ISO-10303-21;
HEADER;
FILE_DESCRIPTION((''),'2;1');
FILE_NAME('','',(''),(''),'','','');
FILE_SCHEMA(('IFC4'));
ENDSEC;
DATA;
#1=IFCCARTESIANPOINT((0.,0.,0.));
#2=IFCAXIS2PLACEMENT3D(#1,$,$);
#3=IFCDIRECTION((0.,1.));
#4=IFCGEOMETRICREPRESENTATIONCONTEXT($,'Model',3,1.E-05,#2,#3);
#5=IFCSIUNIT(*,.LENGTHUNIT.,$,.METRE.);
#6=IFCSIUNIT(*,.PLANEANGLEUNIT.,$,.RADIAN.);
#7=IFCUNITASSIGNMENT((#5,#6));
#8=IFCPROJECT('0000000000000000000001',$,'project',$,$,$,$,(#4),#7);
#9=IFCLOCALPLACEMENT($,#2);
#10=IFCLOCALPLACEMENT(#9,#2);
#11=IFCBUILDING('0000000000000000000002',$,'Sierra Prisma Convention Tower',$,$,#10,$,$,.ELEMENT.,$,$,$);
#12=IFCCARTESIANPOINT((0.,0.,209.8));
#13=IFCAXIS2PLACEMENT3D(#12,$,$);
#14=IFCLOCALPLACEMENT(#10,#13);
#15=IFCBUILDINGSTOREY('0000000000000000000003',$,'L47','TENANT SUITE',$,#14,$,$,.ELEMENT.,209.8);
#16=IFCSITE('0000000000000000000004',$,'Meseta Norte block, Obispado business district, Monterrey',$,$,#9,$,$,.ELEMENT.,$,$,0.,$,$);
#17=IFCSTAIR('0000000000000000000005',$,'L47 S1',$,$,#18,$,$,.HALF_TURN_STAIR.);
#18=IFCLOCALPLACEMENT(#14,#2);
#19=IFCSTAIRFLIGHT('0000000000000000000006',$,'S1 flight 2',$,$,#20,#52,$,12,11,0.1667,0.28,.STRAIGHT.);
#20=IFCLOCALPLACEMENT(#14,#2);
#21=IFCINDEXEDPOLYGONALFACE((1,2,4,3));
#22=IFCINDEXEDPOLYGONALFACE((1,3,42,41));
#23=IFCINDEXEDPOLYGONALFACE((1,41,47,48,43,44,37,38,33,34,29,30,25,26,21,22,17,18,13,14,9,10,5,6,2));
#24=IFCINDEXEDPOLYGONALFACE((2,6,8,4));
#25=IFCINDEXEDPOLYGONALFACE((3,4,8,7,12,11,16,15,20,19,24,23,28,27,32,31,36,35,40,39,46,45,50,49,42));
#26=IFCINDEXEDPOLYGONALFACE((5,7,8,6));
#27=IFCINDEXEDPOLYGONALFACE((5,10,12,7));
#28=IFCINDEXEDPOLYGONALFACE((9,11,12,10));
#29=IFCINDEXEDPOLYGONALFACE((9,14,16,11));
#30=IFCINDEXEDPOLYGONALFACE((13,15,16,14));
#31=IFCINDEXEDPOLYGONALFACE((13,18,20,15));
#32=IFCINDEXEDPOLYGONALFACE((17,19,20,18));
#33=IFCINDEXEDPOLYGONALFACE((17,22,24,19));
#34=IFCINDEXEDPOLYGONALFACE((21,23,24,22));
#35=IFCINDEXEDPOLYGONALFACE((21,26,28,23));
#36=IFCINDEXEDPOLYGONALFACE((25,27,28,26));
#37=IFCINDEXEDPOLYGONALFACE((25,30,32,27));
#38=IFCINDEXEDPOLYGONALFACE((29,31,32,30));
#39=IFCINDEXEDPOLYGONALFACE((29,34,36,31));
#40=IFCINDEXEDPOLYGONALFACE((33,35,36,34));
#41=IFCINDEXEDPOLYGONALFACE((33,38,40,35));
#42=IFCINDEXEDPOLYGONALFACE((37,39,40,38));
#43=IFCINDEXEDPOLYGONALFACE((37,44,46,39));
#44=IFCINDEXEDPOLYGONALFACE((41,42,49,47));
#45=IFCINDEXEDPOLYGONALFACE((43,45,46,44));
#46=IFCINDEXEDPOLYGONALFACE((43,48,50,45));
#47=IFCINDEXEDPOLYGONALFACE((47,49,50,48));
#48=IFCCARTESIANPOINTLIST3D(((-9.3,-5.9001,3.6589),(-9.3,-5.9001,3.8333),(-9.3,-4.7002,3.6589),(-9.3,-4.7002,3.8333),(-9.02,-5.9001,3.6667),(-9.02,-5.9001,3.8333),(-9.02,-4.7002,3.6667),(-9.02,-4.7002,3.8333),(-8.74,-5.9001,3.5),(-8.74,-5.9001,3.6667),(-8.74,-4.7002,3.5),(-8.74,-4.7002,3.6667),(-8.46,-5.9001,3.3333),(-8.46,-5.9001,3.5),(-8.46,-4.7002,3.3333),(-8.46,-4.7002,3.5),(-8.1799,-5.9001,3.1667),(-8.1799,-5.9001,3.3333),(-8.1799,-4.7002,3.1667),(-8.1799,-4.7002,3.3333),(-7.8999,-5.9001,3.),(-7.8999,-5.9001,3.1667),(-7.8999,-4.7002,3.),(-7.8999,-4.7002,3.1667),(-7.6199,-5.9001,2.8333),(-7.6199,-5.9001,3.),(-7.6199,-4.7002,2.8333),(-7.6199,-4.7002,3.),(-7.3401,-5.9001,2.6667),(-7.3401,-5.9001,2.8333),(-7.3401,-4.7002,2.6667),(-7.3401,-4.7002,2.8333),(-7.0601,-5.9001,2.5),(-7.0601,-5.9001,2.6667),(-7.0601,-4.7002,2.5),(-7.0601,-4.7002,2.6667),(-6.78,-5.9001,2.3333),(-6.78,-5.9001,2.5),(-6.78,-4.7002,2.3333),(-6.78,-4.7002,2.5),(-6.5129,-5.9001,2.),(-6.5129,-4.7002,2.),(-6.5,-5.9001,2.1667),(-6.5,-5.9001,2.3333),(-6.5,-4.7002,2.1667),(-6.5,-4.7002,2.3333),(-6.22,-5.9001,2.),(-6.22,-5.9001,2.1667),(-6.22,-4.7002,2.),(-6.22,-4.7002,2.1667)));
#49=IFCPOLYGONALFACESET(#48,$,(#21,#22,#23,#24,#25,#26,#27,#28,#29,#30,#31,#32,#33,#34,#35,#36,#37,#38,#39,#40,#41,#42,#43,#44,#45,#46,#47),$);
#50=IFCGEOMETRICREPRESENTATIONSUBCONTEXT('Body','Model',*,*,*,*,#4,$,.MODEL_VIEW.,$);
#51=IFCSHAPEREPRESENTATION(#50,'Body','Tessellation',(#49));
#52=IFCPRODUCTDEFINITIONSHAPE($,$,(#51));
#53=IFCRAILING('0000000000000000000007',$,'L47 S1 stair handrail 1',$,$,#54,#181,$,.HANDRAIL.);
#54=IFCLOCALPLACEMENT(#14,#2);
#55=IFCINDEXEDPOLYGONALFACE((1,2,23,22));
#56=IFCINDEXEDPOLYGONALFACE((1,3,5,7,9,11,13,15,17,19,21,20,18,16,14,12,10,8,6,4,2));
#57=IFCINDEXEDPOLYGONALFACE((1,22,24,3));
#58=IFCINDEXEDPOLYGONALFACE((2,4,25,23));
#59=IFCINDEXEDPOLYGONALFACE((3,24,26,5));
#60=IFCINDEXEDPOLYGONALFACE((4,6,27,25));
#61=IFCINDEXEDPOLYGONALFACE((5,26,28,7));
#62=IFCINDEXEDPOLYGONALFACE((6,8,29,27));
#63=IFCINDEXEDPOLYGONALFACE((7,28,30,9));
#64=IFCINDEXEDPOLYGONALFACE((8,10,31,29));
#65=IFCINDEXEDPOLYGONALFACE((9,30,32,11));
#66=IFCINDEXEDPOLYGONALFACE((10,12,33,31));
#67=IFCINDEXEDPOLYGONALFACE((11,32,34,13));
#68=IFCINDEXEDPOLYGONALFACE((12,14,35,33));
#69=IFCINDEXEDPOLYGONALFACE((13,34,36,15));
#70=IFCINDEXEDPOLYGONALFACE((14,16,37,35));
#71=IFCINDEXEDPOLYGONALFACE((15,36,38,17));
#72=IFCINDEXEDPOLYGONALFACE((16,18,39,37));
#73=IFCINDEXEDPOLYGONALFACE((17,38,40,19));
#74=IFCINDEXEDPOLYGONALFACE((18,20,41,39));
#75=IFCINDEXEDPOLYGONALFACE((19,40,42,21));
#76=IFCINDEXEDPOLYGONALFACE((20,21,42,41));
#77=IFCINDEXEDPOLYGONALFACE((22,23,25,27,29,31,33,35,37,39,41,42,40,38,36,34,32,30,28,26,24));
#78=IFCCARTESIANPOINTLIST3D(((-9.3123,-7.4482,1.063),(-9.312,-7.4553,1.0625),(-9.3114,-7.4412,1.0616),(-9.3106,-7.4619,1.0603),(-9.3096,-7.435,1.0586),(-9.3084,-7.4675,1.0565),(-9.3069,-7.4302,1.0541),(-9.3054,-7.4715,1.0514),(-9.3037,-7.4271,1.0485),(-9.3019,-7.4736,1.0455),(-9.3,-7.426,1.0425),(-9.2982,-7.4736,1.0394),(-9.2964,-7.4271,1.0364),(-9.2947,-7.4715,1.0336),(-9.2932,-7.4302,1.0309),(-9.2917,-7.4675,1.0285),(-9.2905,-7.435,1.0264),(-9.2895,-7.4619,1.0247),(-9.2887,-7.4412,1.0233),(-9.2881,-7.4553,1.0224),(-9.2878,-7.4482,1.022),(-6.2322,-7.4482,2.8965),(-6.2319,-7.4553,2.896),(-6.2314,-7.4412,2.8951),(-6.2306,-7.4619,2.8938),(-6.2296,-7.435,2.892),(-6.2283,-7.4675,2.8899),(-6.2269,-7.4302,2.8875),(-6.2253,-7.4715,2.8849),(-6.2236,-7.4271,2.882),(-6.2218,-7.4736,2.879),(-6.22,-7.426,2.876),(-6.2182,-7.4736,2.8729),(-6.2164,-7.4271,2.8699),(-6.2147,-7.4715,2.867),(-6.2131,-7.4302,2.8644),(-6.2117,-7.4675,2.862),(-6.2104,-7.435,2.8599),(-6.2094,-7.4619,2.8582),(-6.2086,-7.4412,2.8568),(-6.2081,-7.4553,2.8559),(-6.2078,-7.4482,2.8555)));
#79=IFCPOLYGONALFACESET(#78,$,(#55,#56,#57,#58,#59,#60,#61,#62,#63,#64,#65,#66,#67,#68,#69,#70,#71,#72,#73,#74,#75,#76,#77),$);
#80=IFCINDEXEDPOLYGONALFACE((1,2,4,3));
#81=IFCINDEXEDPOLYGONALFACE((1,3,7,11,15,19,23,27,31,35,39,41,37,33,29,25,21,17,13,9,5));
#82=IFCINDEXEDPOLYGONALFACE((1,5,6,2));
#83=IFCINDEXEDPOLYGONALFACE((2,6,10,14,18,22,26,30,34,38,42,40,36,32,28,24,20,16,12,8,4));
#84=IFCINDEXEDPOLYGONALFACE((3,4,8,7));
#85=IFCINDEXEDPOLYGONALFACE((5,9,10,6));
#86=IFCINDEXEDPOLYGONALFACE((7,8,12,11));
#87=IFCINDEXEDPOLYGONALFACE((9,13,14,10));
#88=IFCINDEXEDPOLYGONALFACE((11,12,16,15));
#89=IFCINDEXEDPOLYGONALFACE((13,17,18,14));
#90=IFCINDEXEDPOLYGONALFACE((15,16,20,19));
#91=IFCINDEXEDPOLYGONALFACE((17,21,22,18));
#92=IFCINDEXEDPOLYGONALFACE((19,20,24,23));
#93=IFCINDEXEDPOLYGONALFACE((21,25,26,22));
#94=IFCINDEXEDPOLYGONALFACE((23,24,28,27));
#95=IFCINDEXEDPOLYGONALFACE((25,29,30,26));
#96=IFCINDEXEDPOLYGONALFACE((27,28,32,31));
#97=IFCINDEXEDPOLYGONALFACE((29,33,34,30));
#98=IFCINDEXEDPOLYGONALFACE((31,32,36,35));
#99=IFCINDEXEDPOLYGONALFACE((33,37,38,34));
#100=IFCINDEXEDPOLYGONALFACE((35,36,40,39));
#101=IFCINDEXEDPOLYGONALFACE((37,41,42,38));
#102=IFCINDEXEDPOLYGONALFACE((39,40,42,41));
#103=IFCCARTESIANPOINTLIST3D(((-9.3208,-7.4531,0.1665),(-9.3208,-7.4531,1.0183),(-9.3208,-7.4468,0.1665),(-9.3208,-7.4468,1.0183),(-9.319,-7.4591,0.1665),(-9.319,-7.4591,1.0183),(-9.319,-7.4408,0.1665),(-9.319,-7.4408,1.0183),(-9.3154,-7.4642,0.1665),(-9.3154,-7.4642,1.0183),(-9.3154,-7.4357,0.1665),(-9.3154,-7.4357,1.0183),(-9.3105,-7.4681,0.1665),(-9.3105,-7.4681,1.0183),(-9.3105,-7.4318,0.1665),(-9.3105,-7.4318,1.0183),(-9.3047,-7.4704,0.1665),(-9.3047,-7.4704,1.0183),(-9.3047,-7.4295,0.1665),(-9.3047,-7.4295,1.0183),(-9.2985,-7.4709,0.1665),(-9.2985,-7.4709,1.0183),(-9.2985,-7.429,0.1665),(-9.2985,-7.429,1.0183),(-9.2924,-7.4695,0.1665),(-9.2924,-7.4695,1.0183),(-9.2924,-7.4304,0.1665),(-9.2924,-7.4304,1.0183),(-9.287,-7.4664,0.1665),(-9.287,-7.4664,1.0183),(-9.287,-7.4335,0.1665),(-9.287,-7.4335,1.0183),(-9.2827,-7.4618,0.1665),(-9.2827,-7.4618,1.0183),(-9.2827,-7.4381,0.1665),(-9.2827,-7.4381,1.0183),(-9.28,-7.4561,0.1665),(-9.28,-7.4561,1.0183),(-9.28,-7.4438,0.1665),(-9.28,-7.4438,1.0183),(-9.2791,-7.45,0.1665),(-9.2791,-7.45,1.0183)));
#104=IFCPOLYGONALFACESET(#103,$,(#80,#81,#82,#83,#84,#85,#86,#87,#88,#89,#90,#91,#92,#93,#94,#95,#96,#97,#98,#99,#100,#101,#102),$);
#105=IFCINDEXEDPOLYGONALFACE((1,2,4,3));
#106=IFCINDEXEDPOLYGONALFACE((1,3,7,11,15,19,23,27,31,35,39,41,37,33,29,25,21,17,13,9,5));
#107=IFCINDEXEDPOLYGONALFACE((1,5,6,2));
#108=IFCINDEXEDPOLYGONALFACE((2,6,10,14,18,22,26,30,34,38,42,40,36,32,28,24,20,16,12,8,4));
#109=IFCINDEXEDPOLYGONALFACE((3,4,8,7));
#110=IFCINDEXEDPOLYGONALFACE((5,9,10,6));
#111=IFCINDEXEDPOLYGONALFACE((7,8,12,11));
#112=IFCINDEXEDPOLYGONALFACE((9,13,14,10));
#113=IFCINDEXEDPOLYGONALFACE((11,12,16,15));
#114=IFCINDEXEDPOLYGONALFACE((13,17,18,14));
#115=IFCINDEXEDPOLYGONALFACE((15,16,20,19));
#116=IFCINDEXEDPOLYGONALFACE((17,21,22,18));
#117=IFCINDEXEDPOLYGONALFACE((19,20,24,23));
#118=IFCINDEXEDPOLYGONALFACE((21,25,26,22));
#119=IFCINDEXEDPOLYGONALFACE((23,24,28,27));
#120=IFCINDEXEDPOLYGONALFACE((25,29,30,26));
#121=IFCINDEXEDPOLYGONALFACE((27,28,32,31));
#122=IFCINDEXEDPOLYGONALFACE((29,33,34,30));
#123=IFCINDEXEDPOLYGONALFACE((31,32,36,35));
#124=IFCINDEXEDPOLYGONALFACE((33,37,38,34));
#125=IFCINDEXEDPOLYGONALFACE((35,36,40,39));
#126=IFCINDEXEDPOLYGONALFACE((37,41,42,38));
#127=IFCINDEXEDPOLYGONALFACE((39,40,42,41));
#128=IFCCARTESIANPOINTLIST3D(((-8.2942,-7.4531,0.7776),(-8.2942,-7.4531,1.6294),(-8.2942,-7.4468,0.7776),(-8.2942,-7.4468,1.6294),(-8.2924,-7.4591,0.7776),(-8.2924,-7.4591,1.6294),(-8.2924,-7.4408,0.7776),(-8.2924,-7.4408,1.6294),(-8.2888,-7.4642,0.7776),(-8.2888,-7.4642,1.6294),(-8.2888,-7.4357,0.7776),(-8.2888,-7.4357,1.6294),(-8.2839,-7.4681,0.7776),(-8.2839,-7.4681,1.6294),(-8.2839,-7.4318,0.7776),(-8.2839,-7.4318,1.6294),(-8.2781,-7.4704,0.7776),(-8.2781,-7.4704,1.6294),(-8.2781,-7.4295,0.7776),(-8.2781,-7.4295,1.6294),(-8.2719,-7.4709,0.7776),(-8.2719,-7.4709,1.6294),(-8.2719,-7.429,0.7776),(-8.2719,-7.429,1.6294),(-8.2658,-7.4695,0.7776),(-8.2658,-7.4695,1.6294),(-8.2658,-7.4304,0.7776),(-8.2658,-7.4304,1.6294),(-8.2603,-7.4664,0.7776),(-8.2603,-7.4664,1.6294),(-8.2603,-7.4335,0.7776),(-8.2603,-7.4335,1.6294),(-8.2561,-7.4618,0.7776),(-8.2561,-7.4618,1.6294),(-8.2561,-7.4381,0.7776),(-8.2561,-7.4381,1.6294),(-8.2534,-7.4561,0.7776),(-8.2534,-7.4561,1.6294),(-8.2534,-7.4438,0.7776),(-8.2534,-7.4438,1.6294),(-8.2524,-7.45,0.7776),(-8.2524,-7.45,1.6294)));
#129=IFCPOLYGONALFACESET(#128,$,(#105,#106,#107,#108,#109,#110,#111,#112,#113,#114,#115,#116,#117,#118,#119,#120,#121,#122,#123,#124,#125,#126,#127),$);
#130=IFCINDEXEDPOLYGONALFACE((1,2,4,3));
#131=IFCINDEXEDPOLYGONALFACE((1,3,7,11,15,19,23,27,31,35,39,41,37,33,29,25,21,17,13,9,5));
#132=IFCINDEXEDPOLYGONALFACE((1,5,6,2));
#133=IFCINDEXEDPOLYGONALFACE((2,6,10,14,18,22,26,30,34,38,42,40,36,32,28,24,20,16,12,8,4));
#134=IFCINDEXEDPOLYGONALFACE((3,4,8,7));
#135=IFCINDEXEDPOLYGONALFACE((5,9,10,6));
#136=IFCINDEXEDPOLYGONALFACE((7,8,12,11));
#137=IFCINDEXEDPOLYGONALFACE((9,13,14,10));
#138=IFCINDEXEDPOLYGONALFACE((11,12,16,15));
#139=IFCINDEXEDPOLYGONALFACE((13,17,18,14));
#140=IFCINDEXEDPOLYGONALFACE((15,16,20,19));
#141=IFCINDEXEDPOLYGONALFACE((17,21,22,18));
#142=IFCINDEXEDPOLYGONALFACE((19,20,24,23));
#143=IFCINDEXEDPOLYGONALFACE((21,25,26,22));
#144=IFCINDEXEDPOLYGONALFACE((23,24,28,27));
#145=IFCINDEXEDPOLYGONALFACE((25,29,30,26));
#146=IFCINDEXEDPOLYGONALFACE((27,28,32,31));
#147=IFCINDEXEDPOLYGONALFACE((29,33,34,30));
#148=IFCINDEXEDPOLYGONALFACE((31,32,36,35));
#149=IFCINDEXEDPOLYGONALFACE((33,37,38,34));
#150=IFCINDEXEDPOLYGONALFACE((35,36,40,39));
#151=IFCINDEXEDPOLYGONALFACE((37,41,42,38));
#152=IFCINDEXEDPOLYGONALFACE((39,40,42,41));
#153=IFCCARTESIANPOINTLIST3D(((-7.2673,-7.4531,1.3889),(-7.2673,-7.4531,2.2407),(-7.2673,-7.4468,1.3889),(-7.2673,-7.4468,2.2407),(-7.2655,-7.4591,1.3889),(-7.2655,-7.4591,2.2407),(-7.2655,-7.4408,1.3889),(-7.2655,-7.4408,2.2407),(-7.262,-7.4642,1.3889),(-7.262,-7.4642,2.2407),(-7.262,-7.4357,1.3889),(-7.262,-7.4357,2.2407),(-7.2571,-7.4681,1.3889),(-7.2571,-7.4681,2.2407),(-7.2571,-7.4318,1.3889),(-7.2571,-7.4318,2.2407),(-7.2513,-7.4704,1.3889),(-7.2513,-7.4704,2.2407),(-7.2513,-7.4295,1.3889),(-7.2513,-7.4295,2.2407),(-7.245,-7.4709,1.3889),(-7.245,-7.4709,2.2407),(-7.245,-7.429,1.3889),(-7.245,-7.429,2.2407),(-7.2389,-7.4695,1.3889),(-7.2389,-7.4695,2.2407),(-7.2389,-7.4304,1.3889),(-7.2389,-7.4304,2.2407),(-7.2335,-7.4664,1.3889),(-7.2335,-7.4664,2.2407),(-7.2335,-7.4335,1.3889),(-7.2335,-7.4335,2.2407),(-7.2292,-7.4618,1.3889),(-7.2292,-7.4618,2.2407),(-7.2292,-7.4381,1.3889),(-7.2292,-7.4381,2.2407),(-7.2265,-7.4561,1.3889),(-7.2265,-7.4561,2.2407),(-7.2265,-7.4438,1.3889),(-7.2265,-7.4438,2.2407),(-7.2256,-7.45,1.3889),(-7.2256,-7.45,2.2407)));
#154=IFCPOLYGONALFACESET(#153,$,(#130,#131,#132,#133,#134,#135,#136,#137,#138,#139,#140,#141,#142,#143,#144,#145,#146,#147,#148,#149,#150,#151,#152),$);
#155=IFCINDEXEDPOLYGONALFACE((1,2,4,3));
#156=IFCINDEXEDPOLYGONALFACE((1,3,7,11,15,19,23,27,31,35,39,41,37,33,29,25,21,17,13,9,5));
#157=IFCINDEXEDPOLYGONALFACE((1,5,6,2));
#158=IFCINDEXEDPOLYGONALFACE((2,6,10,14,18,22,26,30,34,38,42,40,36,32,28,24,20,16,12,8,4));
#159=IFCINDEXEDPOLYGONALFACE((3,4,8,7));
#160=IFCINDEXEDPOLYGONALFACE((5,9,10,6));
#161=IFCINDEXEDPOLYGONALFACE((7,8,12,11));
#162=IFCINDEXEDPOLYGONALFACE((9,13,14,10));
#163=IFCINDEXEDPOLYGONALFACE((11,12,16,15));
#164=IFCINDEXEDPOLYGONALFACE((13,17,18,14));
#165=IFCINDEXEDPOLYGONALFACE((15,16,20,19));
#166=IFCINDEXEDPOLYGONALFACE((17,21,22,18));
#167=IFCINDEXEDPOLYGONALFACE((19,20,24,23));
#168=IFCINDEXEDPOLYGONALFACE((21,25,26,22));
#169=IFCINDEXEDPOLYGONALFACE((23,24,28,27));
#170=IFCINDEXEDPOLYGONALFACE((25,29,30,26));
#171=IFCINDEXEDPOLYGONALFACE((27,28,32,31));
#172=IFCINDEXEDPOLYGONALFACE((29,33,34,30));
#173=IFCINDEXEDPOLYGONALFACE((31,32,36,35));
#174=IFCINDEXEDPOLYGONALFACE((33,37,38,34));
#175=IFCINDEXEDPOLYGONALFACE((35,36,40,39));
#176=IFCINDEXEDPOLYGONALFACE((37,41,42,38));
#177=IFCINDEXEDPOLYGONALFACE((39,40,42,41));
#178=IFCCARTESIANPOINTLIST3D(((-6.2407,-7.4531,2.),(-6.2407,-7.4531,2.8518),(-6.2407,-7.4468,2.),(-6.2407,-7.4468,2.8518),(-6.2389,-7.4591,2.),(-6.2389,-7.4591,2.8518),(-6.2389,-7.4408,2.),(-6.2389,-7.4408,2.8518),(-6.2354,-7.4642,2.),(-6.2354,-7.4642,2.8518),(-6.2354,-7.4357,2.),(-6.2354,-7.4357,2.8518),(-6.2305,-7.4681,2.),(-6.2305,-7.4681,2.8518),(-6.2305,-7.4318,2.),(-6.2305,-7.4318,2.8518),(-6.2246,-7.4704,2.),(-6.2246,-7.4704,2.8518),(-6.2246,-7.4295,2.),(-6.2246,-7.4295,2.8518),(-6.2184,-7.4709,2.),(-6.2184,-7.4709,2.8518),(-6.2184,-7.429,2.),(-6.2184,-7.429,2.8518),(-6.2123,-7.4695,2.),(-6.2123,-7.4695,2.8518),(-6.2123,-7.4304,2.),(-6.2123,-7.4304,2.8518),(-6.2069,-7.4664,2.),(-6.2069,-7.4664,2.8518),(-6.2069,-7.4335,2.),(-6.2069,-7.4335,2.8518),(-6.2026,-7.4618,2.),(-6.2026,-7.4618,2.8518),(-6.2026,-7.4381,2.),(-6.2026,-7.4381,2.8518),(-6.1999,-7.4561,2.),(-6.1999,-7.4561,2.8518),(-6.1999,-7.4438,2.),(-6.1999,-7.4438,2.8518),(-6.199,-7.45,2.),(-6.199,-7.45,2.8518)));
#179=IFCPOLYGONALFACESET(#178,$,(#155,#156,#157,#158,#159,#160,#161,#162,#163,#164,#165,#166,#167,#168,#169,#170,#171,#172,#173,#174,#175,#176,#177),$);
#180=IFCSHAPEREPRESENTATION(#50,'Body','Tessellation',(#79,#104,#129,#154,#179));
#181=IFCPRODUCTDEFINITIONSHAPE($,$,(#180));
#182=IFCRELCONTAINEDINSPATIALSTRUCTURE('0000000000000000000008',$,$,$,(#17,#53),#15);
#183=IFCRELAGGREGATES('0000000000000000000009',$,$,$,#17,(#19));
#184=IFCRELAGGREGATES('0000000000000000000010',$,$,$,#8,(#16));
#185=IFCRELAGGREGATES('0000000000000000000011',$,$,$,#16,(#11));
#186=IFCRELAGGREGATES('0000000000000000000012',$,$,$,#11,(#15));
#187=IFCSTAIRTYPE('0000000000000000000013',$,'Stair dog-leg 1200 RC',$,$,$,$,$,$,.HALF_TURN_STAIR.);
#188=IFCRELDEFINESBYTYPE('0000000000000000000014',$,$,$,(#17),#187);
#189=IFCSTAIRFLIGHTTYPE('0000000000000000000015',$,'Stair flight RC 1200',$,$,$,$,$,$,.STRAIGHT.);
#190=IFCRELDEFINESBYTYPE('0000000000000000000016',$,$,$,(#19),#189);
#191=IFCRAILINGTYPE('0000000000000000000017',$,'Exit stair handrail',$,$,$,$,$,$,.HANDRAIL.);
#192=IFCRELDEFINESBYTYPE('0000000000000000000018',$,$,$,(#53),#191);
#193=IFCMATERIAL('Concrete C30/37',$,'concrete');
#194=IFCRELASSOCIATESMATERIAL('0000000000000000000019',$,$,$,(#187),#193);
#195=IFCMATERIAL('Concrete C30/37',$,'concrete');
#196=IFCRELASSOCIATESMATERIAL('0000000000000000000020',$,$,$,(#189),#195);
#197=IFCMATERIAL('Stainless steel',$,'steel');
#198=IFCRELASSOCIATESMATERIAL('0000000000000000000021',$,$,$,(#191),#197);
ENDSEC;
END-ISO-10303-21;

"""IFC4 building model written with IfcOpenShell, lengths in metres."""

from ifc_helpers import new_model, si_unit, direction, frame, origin, origin_2d, place, context, subcontext, project, spatial, polyline, circle, outline, extrude, material, type_object, element, aggregate, save


model = new_model("IFC4")

# Units and contexts
model_context = context("Model", 3, precision=1e-05, world=origin(), true_north=direction((0.0, 1.0)))
body_context = subcontext(model_context, "Body", "Model", "MODEL_VIEW")
ifc_project = project(units=[si_unit("LENGTHUNIT", "METRE"), si_unit("PLANEANGLEUNIT", "RADIAN")], contexts=[model_context])

# Site, building, storey
site_placement = place(None, origin())
site = spatial("IfcSite", under=ifc_project, at=site_placement, Name="Meseta Norte block, Obispado business district, Monterrey", CompositionType="ELEMENT", RefElevation=0.0)
building_placement = place(site_placement, origin())
building = spatial("IfcBuilding", under=site, at=building_placement, Name="Sierra Prisma Convention Tower", CompositionType="ELEMENT")
storey_placement = place(building_placement, frame((0.0, 0.0, 209.8)))
storey = spatial("IfcBuildingStorey", under=building, at=storey_placement, Name="L47", Description="TENANT SUITE", CompositionType="ELEMENT", Elevation=209.8)

# Stair, stair flight
ifc_material_1 = material(Name="Concrete C30/37", Category="concrete")
stair_type = type_object("IfcStairType", Name="Stair dog-leg 1200 RC", PredefinedType="HALF_TURN_STAIR", material=ifc_material_1)
stair_placement = place(storey_placement, origin())
stair = element("IfcStair", 1, at=stair_placement, inside=storey, type_object=stair_type, Name="L47 S1", PredefinedType="HALF_TURN_STAIR")
ifc_material_2 = material(Name="Concrete C30/37", Category="concrete")
stair_flight_type = type_object("IfcStairFlightType", Name="Stair flight RC 1200", PredefinedType="STRAIGHT", material=ifc_material_2)
stair_flight_1_placement = place(storey_placement, frame((-6.22, -5.3, 2.0), z_axis=(0.0, 0.0, 1.0), x_axis=(-1.0, 0.0, 0.0)))
stair_flight_1 = element("IfcStairFlight", 2, at=stair_flight_1_placement, type_object=stair_flight_type, Name="S1 flight 2", NumberOfRisers=12, NumberOfTreads=11, PredefinedType="STRAIGHT", RiserHeight=0.1667, TreadLength=0.28, context=body_context, shape_type="SweptSolid", body=[
    extrude(outline(polyline([(0.0, 0.0), (0.0, 0.1667), (0.28, 0.1667), (0.28, 0.3333), (0.5601, 0.3333), (0.5601, 0.5), (0.8401, 0.5), (0.8401, 0.6667), (1.1201, 0.6667), (1.1201, 0.8333), (1.3999, 0.8333), (1.3999, 1.0), (1.6799, 1.0), (1.6799, 1.1667), (1.96, 1.1667), (1.96, 1.3333), (2.24, 1.3333), (2.24, 1.5), (2.52, 1.5), (2.52, 1.6667), (2.8, 1.6667), (2.8, 1.8333), (3.0801, 1.8333), (3.0801, 2.0), (3.0801, 1.6589), (0.293, 0.0), (0.0, 0.0)])), frame((0.0, 0.6001, 0.0), z_axis=(0.0, -1.0, 0.0), x_axis=(1.0, 0.0, 0.0)), (0.0, 0.0, 1.0), 1.2),
])
aggregate(stair, [stair_flight_1])

# Railing
ifc_material_3 = material(Name="Stainless steel", Category="steel")
railing_type_1 = type_object("IfcRailingType", Name="Exit stair handrail", PredefinedType="HANDRAIL", material=ifc_material_3)
railing_1_placement = place(storey_placement, frame((-9.3, -7.45, 0.1665)))
element("IfcRailing", 3, at=railing_1_placement, inside=storey, type_object=railing_type_1, Name="L47 S1 stair handrail 1", PredefinedType="HANDRAIL", context=body_context, shape_type="SweptSolid", body=[
    extrude(circle(Radius=0.0239, at=origin_2d()), frame((0.0, 0.0, 0.876), z_axis=(0.859279, 0.0, 0.511508), x_axis=(0.0, 1.0, 0.0)), (0.0, 0.0, 1.0), 3.5845),
    extrude(circle(Radius=0.021, at=origin_2d()), origin(), (0.0, 0.0, 1.0), 0.8518),
    extrude(circle(Radius=0.021, at=origin_2d()), frame((1.0266, 0.0, 0.6111)), (0.0, 0.0, 1.0), 0.8518),
    extrude(circle(Radius=0.021, at=origin_2d()), frame((2.0535, 0.0, 1.2224)), (0.0, 0.0, 1.0), 0.8518),
    extrude(circle(Radius=0.021, at=origin_2d()), frame((3.0801, 0.0, 1.8335)), (0.0, 0.0, 1.0), 0.8518),
])

save(model, "model.ifc")
